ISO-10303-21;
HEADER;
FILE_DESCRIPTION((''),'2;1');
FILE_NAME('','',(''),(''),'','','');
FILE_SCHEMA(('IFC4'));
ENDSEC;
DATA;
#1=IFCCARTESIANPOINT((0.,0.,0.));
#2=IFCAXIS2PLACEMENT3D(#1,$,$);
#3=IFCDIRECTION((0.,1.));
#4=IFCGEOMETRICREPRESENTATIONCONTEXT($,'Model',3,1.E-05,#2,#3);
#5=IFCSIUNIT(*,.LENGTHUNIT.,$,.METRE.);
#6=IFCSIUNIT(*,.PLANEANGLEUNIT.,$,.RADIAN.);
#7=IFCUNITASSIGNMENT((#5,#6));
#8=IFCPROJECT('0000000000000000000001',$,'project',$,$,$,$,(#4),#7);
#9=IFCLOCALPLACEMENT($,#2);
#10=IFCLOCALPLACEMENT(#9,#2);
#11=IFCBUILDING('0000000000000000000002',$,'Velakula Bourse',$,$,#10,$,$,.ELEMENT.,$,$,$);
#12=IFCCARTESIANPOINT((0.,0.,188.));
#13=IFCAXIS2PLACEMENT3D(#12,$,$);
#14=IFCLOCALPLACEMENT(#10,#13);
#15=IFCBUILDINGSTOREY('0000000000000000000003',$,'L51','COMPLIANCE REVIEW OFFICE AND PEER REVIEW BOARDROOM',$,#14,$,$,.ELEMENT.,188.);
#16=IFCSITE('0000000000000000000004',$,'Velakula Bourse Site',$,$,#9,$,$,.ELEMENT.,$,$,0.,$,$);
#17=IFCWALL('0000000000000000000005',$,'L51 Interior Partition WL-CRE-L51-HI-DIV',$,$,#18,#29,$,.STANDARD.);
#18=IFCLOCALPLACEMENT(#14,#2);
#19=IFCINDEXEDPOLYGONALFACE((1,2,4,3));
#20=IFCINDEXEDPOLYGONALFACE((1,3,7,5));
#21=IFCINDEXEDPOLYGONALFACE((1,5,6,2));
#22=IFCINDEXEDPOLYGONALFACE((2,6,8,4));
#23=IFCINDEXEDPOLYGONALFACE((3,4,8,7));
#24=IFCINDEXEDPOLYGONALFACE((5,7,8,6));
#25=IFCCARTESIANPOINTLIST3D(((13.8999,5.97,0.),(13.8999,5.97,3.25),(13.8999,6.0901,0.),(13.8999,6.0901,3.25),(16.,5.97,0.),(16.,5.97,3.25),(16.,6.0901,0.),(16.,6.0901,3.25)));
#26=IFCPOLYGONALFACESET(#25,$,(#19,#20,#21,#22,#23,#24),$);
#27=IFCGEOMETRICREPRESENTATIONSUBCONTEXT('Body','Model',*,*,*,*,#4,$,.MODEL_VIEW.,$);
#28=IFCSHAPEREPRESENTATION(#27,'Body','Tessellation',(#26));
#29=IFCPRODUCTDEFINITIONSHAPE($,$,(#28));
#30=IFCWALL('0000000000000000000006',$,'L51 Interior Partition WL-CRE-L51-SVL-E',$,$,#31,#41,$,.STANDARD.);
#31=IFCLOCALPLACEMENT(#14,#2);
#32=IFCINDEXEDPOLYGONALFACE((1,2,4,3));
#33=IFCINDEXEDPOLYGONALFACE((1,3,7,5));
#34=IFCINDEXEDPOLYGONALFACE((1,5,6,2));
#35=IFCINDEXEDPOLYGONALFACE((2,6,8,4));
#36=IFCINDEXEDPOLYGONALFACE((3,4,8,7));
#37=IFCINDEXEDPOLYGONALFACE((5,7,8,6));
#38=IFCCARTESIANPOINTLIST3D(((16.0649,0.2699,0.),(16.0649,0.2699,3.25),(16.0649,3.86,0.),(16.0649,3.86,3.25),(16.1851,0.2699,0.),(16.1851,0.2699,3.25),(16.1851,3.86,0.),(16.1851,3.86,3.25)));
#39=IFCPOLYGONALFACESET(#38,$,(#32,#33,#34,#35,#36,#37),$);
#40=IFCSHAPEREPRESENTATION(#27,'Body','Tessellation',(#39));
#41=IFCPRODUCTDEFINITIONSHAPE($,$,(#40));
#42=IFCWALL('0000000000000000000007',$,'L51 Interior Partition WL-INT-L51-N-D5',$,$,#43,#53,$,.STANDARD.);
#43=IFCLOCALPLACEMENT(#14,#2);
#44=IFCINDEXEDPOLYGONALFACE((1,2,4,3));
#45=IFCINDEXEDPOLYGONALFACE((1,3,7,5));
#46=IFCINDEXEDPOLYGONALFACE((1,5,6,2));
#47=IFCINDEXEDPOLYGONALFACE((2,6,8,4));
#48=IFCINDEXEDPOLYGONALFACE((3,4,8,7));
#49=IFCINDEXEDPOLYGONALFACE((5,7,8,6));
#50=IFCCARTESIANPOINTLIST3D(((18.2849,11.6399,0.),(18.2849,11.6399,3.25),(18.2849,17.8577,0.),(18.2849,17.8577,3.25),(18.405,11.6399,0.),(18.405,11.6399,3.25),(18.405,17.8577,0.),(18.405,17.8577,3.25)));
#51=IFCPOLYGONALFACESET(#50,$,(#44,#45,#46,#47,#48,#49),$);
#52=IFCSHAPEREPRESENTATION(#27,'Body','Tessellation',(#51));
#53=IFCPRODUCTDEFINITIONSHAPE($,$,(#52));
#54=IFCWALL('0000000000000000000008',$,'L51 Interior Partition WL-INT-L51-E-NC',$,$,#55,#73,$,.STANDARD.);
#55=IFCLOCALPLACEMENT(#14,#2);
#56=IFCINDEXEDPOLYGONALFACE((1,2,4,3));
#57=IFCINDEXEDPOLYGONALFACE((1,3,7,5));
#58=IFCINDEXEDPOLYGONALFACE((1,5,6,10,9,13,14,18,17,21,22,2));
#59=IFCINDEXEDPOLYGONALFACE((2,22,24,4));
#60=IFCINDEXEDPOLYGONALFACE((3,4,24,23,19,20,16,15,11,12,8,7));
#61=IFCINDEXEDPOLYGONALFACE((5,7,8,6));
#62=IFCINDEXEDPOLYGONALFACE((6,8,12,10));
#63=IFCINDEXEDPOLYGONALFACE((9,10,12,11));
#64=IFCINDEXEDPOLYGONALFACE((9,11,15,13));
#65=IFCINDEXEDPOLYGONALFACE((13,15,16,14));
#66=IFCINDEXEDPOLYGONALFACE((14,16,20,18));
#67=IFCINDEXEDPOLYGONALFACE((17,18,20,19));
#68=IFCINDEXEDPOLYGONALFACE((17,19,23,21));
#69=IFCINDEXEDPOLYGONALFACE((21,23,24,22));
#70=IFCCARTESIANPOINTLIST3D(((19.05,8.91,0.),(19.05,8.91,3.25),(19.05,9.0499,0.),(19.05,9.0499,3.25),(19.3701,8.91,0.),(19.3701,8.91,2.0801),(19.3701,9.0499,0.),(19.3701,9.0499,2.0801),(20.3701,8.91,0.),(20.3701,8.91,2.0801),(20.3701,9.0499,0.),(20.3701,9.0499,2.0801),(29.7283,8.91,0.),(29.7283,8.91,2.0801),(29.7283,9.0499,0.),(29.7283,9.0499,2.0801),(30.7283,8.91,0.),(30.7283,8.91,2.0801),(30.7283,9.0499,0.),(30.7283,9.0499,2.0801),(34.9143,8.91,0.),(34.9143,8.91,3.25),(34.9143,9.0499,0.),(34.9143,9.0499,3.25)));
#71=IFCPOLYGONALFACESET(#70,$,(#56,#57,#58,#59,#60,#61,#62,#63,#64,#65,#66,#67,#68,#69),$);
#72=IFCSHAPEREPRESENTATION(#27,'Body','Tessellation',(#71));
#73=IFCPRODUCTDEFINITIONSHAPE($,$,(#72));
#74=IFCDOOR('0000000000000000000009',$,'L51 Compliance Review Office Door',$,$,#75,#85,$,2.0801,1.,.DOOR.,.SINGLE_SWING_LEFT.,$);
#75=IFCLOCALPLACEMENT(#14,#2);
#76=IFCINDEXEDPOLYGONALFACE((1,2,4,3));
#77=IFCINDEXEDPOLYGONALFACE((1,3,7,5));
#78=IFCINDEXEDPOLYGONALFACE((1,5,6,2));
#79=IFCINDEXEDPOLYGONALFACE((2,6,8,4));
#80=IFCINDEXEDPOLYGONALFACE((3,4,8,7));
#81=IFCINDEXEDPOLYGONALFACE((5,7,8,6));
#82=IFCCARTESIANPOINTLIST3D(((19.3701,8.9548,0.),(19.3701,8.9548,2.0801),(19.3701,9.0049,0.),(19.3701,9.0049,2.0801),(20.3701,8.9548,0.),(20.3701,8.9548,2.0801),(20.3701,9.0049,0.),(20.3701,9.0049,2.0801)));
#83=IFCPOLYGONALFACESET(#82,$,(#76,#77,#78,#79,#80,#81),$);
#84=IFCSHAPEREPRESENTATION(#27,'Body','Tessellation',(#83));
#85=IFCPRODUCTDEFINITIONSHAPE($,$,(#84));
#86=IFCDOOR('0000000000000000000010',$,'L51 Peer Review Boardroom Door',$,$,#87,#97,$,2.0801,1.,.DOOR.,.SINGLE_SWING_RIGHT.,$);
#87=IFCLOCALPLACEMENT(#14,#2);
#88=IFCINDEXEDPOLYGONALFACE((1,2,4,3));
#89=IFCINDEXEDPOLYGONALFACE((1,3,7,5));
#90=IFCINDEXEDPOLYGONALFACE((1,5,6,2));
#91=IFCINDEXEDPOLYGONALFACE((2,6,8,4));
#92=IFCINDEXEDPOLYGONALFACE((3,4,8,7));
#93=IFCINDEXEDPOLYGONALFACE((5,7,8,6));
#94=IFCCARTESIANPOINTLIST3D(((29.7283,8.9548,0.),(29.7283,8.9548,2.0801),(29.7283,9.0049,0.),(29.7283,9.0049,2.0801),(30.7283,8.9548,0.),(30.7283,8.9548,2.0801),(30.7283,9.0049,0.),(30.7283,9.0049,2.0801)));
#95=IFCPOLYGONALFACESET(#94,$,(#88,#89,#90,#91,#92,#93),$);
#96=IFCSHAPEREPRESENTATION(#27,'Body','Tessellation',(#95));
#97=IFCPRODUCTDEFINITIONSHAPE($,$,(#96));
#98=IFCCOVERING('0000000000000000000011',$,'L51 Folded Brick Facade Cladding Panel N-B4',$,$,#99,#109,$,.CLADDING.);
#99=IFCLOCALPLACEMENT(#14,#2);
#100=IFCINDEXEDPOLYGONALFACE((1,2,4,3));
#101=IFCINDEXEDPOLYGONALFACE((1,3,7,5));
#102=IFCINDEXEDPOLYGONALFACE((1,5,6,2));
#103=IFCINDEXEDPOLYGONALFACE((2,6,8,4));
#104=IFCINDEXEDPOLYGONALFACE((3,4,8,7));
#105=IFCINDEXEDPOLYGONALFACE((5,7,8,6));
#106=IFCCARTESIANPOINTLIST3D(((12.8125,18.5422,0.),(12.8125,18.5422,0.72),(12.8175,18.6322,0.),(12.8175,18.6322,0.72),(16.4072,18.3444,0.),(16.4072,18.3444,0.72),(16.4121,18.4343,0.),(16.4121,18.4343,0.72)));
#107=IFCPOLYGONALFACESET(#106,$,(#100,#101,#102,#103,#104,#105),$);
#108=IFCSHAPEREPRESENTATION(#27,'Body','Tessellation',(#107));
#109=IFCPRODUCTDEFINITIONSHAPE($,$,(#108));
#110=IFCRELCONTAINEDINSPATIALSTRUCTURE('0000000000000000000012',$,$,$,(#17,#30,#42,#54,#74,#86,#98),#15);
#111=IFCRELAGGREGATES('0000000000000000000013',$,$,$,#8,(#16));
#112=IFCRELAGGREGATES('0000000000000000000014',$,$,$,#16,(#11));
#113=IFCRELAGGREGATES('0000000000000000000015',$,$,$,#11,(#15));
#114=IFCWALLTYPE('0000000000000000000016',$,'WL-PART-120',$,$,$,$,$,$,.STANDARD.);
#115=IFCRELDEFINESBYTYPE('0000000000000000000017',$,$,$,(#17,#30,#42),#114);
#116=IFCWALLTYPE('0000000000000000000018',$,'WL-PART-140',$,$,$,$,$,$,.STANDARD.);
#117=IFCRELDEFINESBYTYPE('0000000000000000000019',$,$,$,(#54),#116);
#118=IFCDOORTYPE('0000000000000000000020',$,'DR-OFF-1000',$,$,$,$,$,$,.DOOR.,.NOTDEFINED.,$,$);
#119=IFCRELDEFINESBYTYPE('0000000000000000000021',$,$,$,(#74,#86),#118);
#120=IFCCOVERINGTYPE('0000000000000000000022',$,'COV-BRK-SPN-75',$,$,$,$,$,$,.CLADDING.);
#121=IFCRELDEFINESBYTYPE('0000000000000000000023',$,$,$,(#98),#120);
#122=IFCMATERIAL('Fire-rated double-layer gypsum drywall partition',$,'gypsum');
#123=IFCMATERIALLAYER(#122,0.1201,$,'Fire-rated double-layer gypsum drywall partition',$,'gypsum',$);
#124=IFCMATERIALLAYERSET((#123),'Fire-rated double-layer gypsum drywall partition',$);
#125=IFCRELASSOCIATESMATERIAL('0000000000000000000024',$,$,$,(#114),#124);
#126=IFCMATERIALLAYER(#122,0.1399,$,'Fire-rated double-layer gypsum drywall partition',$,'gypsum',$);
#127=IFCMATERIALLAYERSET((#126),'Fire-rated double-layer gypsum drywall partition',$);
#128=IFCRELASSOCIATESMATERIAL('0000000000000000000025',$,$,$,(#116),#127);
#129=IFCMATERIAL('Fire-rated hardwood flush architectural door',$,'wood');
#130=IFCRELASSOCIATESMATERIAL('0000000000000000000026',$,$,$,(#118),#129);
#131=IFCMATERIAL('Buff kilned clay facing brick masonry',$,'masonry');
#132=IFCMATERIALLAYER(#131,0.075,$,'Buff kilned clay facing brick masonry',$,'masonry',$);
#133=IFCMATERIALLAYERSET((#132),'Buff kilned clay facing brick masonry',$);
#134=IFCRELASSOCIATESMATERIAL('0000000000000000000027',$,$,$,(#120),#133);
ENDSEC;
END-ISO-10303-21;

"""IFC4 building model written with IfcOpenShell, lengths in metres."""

from ifc_helpers import new_model, si_unit, direction, frame, frame_2d, origin, origin_2d, place, context, subcontext, project, spatial, rectangle, extrude, material, layer, layer_set, type_object, element, fill, save


model = new_model("IFC4")

# Units and contexts
model_context = context("Model", 3, precision=1e-05, world=origin(), true_north=direction((0.0, 1.0)))
body_context = subcontext(model_context, "Body", "Model", "MODEL_VIEW")
ifc_project = project(units=[si_unit("LENGTHUNIT", "METRE"), si_unit("PLANEANGLEUNIT", "RADIAN")], contexts=[model_context])

# Site, building, storey
site_placement = place(None, origin())
site = spatial("IfcSite", under=ifc_project, at=site_placement, Name="Velakula Bourse Site", CompositionType="ELEMENT", RefElevation=0.0)
building_placement = place(site_placement, origin())
building = spatial("IfcBuilding", under=site, at=building_placement, Name="Velakula Bourse", CompositionType="ELEMENT")
storey_placement = place(building_placement, frame((0.0, 0.0, 188.0)))
storey = spatial("IfcBuildingStorey", under=building, at=storey_placement, Name="L51", Description="COMPLIANCE REVIEW OFFICE AND PEER REVIEW BOARDROOM", CompositionType="ELEMENT", Elevation=188.0)

# Walls
ifc_material_1 = material(Name="Fire-rated double-layer gypsum drywall partition", Category="gypsum")
ifc_layer_1 = layer(ifc_material_1, 0.1201, Name="Fire-rated double-layer gypsum drywall partition", Category="gypsum")
ifc_layer_set_1 = layer_set([ifc_layer_1], Name="Fire-rated double-layer gypsum drywall partition")
wall_type_1 = type_object("IfcWallType", Name="WL-PART-120", PredefinedType="STANDARD", material=ifc_layer_set_1)
wall_1_placement = place(storey_placement, frame((13.8999, 6.03, 0.0), z_axis=(0.0, 0.0, 1.0), x_axis=(1.0, 0.0, 0.0)))
element("IfcWall", 1, at=wall_1_placement, inside=storey, type_object=wall_type_1, Name="L51 Interior Partition WL-CRE-L51-HI-DIV", PredefinedType="STANDARD", context=body_context, shape_type="SweptSolid", body=[
    extrude(rectangle(XDim=2.1001, YDim=0.1201, at=frame_2d((1.05, 0.0))), origin(), (0.0, 0.0, 1.0), 3.25),
])
wall_2_placement = place(storey_placement, frame((16.125, 0.27, 0.0), z_axis=(0.0, 0.0, 1.0), x_axis=(0.0, 1.0, 0.0)))
element("IfcWall", 2, at=wall_2_placement, inside=storey, type_object=wall_type_1, Name="L51 Interior Partition WL-CRE-L51-SVL-E", PredefinedType="STANDARD", context=body_context, shape_type="SweptSolid", body=[
    extrude(rectangle(XDim=3.5901, YDim=0.1201, at=frame_2d((1.7949, 0.0))), origin(), (0.0, 0.0, 1.0), 3.25),
])
wall_3_placement = place(storey_placement, frame((18.345, 11.6399, 0.0), z_axis=(0.0, 0.0, 1.0), x_axis=(0.0, 1.0, 0.0)))
element("IfcWall", 3, at=wall_3_placement, inside=storey, type_object=wall_type_1, Name="L51 Interior Partition WL-INT-L51-N-D5", PredefinedType="STANDARD", context=body_context, shape_type="SweptSolid", body=[
    extrude(rectangle(XDim=6.2178, YDim=0.1201, at=frame_2d((3.1089, 0.0))), origin(), (0.0, 0.0, 1.0), 3.25),
])

# Wall, openings, doors
ifc_layer_2 = layer(ifc_material_1, 0.1399, Name="Fire-rated double-layer gypsum drywall partition", Category="gypsum")
ifc_layer_set_2 = layer_set([ifc_layer_2], Name="Fire-rated double-layer gypsum drywall partition")
wall_type_2 = type_object("IfcWallType", Name="WL-PART-140", PredefinedType="STANDARD", material=ifc_layer_set_2)
wall_4_placement = place(storey_placement, frame((19.05, 8.98, 0.0), z_axis=(0.0, 0.0, 1.0), x_axis=(1.0, 0.0, 0.0)))
wall_4 = element("IfcWall", 4, at=wall_4_placement, inside=storey, type_object=wall_type_2, Name="L51 Interior Partition WL-INT-L51-E-NC", PredefinedType="STANDARD", context=body_context, shape_type="SweptSolid", body=[
    extrude(rectangle(XDim=15.8643, YDim=0.1399, at=frame_2d((7.9321, 0.0))), origin(), (0.0, 0.0, 1.0), 3.25),
])
opening_1_placement = place(wall_4_placement, frame((0.3201, 0.0, 0.0)))
opening_1 = element("IfcOpeningElement", 5, at=opening_1_placement, cuts=wall_4, PredefinedType="OPENING", context=body_context, shape_type="SweptSolid", body=[
    extrude(rectangle(XDim=1.0, YDim=2.0801, at=frame_2d((0.5, 1.04))), frame((0.0, 0.0798, 0.0), z_axis=(0.0, -1.0, 0.0), x_axis=(1.0, 0.0, 0.0)), (0.0, 0.0, 1.0), 0.1599),
])
opening_2_placement = place(wall_4_placement, frame((10.6782, 0.0, 0.0)))
opening_2 = element("IfcOpeningElement", 6, at=opening_2_placement, cuts=wall_4, PredefinedType="OPENING", context=body_context, shape_type="SweptSolid", body=[
    extrude(rectangle(XDim=1.0, YDim=2.0801, at=frame_2d((0.5, 1.04))), frame((0.0, 0.0798, 0.0), z_axis=(0.0, -1.0, 0.0), x_axis=(1.0, 0.0, 0.0)), (0.0, 0.0, 1.0), 0.1599),
])
ifc_material_2 = material(Name="Fire-rated hardwood flush architectural door", Category="wood")
door_type = type_object("IfcDoorType", Name="DR-OFF-1000", OperationType="NOTDEFINED", PredefinedType="DOOR", material=ifc_material_2)
door_1_placement = place(opening_1_placement, origin())
door_1 = element("IfcDoor", 7, at=door_1_placement, inside=storey, type_object=door_type, Name="L51 Compliance Review Office Door", OperationType="SINGLE_SWING_LEFT", OverallHeight=2.0801, OverallWidth=1.0, PredefinedType="DOOR", context=body_context, shape_type="SweptSolid", body=[
    extrude(rectangle(XDim=1.0, YDim=2.0801, at=frame_2d((0.5, 1.04))), frame((0.0, 0.0249, 0.0), z_axis=(0.0, -1.0, 0.0), x_axis=(1.0, 0.0, 0.0)), (0.0, 0.0, 1.0), 0.05),
])
fill(opening_1, door_1)
door_2_placement = place(opening_2_placement, origin())
door_2 = element("IfcDoor", 8, at=door_2_placement, inside=storey, type_object=door_type, Name="L51 Peer Review Boardroom Door", OperationType="SINGLE_SWING_RIGHT", OverallHeight=2.0801, OverallWidth=1.0, PredefinedType="DOOR", context=body_context, shape_type="SweptSolid", body=[
    extrude(rectangle(XDim=1.0, YDim=2.0801, at=frame_2d((0.5, 1.04))), frame((0.0, 0.0249, 0.0), z_axis=(0.0, -1.0, 0.0), x_axis=(1.0, 0.0, 0.0)), (0.0, 0.0, 1.0), 0.05),
])
fill(opening_2, door_2)

# Covering
ifc_material_3 = material(Name="Buff kilned clay facing brick masonry", Category="masonry")
ifc_layer_3 = layer(ifc_material_3, 0.075, Name="Buff kilned clay facing brick masonry", Category="masonry")
ifc_layer_set_3 = layer_set([ifc_layer_3], Name="Buff kilned clay facing brick masonry")
covering_type = type_object("IfcCoveringType", Name="COV-BRK-SPN-75", PredefinedType="CLADDING", material=ifc_layer_set_3)
covering_placement = place(storey_placement, frame((14.6123, 18.4883, 0.0), z_axis=(0.0, 0.0, 1.0), x_axis=(0.998489, -0.05495, 0.0)))
element("IfcCovering", 9, at=covering_placement, inside=storey, type_object=covering_type, Name="L51 Folded Brick Facade Cladding Panel N-B4", PredefinedType="CLADDING", context=body_context, shape_type="SweptSolid", body=[
    extrude(rectangle(XDim=3.6001, YDim=0.0901, at=origin_2d()), origin(), (0.0, 0.0, 1.0), 0.72),
])

save(model, "model.ifc")
